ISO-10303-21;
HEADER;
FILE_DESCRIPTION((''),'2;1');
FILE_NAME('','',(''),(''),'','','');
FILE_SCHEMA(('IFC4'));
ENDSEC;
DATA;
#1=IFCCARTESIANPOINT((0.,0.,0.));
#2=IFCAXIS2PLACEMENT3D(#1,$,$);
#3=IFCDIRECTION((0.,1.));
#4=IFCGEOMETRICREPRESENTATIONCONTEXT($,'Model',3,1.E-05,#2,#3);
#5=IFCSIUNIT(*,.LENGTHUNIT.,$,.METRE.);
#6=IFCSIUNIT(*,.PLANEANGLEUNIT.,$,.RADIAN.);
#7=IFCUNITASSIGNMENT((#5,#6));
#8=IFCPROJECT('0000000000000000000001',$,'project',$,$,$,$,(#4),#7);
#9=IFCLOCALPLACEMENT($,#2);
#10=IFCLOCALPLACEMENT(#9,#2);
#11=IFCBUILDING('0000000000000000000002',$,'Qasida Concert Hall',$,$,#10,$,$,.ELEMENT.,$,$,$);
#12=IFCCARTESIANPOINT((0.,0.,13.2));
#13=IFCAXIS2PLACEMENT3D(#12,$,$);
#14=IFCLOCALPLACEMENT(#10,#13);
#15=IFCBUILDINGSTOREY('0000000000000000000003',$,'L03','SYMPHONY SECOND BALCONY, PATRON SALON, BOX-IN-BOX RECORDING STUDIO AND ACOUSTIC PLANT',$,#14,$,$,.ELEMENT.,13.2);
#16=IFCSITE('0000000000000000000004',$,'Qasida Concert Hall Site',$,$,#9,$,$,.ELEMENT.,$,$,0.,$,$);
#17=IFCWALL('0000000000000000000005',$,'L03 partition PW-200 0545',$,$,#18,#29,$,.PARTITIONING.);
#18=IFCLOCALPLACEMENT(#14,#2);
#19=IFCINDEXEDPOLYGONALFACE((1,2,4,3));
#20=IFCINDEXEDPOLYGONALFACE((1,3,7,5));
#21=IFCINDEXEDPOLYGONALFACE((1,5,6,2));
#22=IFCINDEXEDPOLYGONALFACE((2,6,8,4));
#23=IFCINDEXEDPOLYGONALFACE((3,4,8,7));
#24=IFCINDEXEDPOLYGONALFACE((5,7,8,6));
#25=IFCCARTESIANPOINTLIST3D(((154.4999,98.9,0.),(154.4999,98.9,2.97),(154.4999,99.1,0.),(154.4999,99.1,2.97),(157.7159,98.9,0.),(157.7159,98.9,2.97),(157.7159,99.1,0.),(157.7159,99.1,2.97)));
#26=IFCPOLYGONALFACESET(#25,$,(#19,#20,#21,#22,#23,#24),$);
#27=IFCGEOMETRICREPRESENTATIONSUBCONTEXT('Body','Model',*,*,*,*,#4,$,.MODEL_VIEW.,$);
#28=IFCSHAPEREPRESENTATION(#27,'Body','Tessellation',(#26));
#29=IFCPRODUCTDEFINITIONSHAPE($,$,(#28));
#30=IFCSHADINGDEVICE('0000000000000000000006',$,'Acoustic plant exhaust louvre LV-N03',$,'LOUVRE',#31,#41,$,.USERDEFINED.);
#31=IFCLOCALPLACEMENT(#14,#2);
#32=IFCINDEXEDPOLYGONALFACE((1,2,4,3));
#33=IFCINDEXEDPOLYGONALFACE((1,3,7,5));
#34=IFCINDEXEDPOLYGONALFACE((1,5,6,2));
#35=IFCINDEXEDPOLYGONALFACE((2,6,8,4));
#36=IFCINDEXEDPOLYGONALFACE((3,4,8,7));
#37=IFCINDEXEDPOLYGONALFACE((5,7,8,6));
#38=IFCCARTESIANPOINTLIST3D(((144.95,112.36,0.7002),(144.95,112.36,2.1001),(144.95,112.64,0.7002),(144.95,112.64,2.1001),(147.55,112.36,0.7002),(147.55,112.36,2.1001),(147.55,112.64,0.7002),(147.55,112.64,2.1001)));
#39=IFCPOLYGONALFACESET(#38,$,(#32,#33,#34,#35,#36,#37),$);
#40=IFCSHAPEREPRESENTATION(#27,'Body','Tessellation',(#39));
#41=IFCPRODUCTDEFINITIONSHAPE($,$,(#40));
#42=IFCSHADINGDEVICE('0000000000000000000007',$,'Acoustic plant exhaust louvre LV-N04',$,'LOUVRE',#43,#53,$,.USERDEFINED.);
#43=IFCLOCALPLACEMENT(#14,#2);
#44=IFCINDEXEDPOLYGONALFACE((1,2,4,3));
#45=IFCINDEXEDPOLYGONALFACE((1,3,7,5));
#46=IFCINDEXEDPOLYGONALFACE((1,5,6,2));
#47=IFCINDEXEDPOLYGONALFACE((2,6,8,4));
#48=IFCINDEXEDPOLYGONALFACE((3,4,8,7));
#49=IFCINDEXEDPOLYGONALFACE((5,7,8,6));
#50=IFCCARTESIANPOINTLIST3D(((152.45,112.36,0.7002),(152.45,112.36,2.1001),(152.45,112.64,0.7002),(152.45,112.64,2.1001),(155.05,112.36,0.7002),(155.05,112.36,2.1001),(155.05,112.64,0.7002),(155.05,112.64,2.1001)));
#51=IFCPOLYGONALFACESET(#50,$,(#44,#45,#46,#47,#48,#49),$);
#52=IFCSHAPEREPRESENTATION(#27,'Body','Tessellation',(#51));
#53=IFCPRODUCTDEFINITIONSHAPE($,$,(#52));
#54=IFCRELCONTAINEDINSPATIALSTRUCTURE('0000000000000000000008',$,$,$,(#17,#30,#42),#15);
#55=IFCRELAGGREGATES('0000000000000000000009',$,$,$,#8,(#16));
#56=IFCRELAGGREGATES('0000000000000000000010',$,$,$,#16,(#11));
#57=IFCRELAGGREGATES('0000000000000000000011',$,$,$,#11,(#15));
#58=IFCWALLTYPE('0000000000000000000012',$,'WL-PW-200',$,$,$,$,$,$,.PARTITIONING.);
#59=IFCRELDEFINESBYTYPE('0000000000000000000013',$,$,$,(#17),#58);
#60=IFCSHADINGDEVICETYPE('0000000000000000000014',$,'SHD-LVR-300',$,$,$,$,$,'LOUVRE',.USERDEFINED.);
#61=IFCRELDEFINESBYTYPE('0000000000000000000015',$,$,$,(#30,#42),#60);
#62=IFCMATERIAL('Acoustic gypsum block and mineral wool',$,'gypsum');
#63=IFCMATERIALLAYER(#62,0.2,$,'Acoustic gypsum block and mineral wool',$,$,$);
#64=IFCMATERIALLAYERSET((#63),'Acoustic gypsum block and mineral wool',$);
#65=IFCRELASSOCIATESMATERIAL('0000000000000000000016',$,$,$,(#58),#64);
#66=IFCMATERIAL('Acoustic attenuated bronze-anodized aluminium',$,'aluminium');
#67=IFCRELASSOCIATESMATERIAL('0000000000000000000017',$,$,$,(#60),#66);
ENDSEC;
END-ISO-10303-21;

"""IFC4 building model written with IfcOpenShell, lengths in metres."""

from ifc_helpers import new_model, si_unit, direction, frame, frame_2d, origin, origin_2d, place, context, subcontext, project, spatial, rectangle, extrude, material, layer, layer_set, type_object, element, save


model = new_model("IFC4")

# Units and contexts
model_context = context("Model", 3, precision=1e-05, world=origin(), true_north=direction((0.0, 1.0)))
body_context = subcontext(model_context, "Body", "Model", "MODEL_VIEW")
ifc_project = project(units=[si_unit("LENGTHUNIT", "METRE"), si_unit("PLANEANGLEUNIT", "RADIAN")], contexts=[model_context])

# Site, building, storey
site_placement = place(None, origin())
site = spatial("IfcSite", under=ifc_project, at=site_placement, Name="Qasida Concert Hall Site", CompositionType="ELEMENT", RefElevation=0.0)
building_placement = place(site_placement, origin())
building = spatial("IfcBuilding", under=site, at=building_placement, Name="Qasida Concert Hall", CompositionType="ELEMENT")
storey_placement = place(building_placement, frame((0.0, 0.0, 13.2)))
storey = spatial("IfcBuildingStorey", under=building, at=storey_placement, Name="L03", Description="SYMPHONY SECOND BALCONY, PATRON SALON, BOX-IN-BOX RECORDING STUDIO AND ACOUSTIC PLANT", CompositionType="ELEMENT", Elevation=13.2)

# Shared definitions
ifc_material_1 = material(Name="Acoustic gypsum block and mineral wool", Category="gypsum")
ifc_layer_1 = layer(ifc_material_1, 0.2, Name="Acoustic gypsum block and mineral wool")
ifc_layer_set_1 = layer_set([ifc_layer_1], Name="Acoustic gypsum block and mineral wool")
wall_type_1 = type_object("IfcWallType", Name="WL-PW-200", PredefinedType="PARTITIONING", material=ifc_layer_set_1)

# Wall
wall_1_placement = place(storey_placement, frame((154.5, 99.0, 0.0), z_axis=(0.0, 0.0, 1.0), x_axis=(1.0, 0.0, 0.0)))
element("IfcWall", 1, at=wall_1_placement, inside=storey, type_object=wall_type_1, Name="L03 partition PW-200 0545", PredefinedType="PARTITIONING", context=body_context, shape_type="SweptSolid", body=[
    extrude(rectangle(XDim=3.2161, YDim=0.2, at=frame_2d((1.6079, 0.0))), origin(), (0.0, 0.0, 1.0), 2.97),
])

# Shading devices
ifc_material_2 = material(Name="Acoustic attenuated bronze-anodized aluminium", Category="aluminium")
shading_device_type = type_object("IfcShadingDeviceType", Name="SHD-LVR-300", ElementType="LOUVRE", PredefinedType="USERDEFINED", material=ifc_material_2)
for number, where, z_axis, x_axis, name in (
    (2, (146.25, 112.5, 0.7002), (0.0, 0.0, 1.0), (1.0, 0.0, 0.0), "Acoustic plant exhaust louvre LV-N03"),
    (3, (153.75, 112.5, 0.7002), (0.0, 0.0, 1.0), (1.0, 0.0, 0.0), "Acoustic plant exhaust louvre LV-N04"),
):
    element("IfcShadingDevice", number, at=place(storey_placement, frame(where, z_axis=z_axis, x_axis=x_axis)), inside=storey, type_object=shading_device_type, Name=name, ObjectType="LOUVRE", PredefinedType="USERDEFINED", context=body_context, shape_type="SweptSolid", body=[
        extrude(rectangle(XDim=2.6001, YDim=0.28, at=origin_2d()), origin(), (0.0, 0.0, 1.0), 1.3999),
    ])

save(model, "model.ifc")
